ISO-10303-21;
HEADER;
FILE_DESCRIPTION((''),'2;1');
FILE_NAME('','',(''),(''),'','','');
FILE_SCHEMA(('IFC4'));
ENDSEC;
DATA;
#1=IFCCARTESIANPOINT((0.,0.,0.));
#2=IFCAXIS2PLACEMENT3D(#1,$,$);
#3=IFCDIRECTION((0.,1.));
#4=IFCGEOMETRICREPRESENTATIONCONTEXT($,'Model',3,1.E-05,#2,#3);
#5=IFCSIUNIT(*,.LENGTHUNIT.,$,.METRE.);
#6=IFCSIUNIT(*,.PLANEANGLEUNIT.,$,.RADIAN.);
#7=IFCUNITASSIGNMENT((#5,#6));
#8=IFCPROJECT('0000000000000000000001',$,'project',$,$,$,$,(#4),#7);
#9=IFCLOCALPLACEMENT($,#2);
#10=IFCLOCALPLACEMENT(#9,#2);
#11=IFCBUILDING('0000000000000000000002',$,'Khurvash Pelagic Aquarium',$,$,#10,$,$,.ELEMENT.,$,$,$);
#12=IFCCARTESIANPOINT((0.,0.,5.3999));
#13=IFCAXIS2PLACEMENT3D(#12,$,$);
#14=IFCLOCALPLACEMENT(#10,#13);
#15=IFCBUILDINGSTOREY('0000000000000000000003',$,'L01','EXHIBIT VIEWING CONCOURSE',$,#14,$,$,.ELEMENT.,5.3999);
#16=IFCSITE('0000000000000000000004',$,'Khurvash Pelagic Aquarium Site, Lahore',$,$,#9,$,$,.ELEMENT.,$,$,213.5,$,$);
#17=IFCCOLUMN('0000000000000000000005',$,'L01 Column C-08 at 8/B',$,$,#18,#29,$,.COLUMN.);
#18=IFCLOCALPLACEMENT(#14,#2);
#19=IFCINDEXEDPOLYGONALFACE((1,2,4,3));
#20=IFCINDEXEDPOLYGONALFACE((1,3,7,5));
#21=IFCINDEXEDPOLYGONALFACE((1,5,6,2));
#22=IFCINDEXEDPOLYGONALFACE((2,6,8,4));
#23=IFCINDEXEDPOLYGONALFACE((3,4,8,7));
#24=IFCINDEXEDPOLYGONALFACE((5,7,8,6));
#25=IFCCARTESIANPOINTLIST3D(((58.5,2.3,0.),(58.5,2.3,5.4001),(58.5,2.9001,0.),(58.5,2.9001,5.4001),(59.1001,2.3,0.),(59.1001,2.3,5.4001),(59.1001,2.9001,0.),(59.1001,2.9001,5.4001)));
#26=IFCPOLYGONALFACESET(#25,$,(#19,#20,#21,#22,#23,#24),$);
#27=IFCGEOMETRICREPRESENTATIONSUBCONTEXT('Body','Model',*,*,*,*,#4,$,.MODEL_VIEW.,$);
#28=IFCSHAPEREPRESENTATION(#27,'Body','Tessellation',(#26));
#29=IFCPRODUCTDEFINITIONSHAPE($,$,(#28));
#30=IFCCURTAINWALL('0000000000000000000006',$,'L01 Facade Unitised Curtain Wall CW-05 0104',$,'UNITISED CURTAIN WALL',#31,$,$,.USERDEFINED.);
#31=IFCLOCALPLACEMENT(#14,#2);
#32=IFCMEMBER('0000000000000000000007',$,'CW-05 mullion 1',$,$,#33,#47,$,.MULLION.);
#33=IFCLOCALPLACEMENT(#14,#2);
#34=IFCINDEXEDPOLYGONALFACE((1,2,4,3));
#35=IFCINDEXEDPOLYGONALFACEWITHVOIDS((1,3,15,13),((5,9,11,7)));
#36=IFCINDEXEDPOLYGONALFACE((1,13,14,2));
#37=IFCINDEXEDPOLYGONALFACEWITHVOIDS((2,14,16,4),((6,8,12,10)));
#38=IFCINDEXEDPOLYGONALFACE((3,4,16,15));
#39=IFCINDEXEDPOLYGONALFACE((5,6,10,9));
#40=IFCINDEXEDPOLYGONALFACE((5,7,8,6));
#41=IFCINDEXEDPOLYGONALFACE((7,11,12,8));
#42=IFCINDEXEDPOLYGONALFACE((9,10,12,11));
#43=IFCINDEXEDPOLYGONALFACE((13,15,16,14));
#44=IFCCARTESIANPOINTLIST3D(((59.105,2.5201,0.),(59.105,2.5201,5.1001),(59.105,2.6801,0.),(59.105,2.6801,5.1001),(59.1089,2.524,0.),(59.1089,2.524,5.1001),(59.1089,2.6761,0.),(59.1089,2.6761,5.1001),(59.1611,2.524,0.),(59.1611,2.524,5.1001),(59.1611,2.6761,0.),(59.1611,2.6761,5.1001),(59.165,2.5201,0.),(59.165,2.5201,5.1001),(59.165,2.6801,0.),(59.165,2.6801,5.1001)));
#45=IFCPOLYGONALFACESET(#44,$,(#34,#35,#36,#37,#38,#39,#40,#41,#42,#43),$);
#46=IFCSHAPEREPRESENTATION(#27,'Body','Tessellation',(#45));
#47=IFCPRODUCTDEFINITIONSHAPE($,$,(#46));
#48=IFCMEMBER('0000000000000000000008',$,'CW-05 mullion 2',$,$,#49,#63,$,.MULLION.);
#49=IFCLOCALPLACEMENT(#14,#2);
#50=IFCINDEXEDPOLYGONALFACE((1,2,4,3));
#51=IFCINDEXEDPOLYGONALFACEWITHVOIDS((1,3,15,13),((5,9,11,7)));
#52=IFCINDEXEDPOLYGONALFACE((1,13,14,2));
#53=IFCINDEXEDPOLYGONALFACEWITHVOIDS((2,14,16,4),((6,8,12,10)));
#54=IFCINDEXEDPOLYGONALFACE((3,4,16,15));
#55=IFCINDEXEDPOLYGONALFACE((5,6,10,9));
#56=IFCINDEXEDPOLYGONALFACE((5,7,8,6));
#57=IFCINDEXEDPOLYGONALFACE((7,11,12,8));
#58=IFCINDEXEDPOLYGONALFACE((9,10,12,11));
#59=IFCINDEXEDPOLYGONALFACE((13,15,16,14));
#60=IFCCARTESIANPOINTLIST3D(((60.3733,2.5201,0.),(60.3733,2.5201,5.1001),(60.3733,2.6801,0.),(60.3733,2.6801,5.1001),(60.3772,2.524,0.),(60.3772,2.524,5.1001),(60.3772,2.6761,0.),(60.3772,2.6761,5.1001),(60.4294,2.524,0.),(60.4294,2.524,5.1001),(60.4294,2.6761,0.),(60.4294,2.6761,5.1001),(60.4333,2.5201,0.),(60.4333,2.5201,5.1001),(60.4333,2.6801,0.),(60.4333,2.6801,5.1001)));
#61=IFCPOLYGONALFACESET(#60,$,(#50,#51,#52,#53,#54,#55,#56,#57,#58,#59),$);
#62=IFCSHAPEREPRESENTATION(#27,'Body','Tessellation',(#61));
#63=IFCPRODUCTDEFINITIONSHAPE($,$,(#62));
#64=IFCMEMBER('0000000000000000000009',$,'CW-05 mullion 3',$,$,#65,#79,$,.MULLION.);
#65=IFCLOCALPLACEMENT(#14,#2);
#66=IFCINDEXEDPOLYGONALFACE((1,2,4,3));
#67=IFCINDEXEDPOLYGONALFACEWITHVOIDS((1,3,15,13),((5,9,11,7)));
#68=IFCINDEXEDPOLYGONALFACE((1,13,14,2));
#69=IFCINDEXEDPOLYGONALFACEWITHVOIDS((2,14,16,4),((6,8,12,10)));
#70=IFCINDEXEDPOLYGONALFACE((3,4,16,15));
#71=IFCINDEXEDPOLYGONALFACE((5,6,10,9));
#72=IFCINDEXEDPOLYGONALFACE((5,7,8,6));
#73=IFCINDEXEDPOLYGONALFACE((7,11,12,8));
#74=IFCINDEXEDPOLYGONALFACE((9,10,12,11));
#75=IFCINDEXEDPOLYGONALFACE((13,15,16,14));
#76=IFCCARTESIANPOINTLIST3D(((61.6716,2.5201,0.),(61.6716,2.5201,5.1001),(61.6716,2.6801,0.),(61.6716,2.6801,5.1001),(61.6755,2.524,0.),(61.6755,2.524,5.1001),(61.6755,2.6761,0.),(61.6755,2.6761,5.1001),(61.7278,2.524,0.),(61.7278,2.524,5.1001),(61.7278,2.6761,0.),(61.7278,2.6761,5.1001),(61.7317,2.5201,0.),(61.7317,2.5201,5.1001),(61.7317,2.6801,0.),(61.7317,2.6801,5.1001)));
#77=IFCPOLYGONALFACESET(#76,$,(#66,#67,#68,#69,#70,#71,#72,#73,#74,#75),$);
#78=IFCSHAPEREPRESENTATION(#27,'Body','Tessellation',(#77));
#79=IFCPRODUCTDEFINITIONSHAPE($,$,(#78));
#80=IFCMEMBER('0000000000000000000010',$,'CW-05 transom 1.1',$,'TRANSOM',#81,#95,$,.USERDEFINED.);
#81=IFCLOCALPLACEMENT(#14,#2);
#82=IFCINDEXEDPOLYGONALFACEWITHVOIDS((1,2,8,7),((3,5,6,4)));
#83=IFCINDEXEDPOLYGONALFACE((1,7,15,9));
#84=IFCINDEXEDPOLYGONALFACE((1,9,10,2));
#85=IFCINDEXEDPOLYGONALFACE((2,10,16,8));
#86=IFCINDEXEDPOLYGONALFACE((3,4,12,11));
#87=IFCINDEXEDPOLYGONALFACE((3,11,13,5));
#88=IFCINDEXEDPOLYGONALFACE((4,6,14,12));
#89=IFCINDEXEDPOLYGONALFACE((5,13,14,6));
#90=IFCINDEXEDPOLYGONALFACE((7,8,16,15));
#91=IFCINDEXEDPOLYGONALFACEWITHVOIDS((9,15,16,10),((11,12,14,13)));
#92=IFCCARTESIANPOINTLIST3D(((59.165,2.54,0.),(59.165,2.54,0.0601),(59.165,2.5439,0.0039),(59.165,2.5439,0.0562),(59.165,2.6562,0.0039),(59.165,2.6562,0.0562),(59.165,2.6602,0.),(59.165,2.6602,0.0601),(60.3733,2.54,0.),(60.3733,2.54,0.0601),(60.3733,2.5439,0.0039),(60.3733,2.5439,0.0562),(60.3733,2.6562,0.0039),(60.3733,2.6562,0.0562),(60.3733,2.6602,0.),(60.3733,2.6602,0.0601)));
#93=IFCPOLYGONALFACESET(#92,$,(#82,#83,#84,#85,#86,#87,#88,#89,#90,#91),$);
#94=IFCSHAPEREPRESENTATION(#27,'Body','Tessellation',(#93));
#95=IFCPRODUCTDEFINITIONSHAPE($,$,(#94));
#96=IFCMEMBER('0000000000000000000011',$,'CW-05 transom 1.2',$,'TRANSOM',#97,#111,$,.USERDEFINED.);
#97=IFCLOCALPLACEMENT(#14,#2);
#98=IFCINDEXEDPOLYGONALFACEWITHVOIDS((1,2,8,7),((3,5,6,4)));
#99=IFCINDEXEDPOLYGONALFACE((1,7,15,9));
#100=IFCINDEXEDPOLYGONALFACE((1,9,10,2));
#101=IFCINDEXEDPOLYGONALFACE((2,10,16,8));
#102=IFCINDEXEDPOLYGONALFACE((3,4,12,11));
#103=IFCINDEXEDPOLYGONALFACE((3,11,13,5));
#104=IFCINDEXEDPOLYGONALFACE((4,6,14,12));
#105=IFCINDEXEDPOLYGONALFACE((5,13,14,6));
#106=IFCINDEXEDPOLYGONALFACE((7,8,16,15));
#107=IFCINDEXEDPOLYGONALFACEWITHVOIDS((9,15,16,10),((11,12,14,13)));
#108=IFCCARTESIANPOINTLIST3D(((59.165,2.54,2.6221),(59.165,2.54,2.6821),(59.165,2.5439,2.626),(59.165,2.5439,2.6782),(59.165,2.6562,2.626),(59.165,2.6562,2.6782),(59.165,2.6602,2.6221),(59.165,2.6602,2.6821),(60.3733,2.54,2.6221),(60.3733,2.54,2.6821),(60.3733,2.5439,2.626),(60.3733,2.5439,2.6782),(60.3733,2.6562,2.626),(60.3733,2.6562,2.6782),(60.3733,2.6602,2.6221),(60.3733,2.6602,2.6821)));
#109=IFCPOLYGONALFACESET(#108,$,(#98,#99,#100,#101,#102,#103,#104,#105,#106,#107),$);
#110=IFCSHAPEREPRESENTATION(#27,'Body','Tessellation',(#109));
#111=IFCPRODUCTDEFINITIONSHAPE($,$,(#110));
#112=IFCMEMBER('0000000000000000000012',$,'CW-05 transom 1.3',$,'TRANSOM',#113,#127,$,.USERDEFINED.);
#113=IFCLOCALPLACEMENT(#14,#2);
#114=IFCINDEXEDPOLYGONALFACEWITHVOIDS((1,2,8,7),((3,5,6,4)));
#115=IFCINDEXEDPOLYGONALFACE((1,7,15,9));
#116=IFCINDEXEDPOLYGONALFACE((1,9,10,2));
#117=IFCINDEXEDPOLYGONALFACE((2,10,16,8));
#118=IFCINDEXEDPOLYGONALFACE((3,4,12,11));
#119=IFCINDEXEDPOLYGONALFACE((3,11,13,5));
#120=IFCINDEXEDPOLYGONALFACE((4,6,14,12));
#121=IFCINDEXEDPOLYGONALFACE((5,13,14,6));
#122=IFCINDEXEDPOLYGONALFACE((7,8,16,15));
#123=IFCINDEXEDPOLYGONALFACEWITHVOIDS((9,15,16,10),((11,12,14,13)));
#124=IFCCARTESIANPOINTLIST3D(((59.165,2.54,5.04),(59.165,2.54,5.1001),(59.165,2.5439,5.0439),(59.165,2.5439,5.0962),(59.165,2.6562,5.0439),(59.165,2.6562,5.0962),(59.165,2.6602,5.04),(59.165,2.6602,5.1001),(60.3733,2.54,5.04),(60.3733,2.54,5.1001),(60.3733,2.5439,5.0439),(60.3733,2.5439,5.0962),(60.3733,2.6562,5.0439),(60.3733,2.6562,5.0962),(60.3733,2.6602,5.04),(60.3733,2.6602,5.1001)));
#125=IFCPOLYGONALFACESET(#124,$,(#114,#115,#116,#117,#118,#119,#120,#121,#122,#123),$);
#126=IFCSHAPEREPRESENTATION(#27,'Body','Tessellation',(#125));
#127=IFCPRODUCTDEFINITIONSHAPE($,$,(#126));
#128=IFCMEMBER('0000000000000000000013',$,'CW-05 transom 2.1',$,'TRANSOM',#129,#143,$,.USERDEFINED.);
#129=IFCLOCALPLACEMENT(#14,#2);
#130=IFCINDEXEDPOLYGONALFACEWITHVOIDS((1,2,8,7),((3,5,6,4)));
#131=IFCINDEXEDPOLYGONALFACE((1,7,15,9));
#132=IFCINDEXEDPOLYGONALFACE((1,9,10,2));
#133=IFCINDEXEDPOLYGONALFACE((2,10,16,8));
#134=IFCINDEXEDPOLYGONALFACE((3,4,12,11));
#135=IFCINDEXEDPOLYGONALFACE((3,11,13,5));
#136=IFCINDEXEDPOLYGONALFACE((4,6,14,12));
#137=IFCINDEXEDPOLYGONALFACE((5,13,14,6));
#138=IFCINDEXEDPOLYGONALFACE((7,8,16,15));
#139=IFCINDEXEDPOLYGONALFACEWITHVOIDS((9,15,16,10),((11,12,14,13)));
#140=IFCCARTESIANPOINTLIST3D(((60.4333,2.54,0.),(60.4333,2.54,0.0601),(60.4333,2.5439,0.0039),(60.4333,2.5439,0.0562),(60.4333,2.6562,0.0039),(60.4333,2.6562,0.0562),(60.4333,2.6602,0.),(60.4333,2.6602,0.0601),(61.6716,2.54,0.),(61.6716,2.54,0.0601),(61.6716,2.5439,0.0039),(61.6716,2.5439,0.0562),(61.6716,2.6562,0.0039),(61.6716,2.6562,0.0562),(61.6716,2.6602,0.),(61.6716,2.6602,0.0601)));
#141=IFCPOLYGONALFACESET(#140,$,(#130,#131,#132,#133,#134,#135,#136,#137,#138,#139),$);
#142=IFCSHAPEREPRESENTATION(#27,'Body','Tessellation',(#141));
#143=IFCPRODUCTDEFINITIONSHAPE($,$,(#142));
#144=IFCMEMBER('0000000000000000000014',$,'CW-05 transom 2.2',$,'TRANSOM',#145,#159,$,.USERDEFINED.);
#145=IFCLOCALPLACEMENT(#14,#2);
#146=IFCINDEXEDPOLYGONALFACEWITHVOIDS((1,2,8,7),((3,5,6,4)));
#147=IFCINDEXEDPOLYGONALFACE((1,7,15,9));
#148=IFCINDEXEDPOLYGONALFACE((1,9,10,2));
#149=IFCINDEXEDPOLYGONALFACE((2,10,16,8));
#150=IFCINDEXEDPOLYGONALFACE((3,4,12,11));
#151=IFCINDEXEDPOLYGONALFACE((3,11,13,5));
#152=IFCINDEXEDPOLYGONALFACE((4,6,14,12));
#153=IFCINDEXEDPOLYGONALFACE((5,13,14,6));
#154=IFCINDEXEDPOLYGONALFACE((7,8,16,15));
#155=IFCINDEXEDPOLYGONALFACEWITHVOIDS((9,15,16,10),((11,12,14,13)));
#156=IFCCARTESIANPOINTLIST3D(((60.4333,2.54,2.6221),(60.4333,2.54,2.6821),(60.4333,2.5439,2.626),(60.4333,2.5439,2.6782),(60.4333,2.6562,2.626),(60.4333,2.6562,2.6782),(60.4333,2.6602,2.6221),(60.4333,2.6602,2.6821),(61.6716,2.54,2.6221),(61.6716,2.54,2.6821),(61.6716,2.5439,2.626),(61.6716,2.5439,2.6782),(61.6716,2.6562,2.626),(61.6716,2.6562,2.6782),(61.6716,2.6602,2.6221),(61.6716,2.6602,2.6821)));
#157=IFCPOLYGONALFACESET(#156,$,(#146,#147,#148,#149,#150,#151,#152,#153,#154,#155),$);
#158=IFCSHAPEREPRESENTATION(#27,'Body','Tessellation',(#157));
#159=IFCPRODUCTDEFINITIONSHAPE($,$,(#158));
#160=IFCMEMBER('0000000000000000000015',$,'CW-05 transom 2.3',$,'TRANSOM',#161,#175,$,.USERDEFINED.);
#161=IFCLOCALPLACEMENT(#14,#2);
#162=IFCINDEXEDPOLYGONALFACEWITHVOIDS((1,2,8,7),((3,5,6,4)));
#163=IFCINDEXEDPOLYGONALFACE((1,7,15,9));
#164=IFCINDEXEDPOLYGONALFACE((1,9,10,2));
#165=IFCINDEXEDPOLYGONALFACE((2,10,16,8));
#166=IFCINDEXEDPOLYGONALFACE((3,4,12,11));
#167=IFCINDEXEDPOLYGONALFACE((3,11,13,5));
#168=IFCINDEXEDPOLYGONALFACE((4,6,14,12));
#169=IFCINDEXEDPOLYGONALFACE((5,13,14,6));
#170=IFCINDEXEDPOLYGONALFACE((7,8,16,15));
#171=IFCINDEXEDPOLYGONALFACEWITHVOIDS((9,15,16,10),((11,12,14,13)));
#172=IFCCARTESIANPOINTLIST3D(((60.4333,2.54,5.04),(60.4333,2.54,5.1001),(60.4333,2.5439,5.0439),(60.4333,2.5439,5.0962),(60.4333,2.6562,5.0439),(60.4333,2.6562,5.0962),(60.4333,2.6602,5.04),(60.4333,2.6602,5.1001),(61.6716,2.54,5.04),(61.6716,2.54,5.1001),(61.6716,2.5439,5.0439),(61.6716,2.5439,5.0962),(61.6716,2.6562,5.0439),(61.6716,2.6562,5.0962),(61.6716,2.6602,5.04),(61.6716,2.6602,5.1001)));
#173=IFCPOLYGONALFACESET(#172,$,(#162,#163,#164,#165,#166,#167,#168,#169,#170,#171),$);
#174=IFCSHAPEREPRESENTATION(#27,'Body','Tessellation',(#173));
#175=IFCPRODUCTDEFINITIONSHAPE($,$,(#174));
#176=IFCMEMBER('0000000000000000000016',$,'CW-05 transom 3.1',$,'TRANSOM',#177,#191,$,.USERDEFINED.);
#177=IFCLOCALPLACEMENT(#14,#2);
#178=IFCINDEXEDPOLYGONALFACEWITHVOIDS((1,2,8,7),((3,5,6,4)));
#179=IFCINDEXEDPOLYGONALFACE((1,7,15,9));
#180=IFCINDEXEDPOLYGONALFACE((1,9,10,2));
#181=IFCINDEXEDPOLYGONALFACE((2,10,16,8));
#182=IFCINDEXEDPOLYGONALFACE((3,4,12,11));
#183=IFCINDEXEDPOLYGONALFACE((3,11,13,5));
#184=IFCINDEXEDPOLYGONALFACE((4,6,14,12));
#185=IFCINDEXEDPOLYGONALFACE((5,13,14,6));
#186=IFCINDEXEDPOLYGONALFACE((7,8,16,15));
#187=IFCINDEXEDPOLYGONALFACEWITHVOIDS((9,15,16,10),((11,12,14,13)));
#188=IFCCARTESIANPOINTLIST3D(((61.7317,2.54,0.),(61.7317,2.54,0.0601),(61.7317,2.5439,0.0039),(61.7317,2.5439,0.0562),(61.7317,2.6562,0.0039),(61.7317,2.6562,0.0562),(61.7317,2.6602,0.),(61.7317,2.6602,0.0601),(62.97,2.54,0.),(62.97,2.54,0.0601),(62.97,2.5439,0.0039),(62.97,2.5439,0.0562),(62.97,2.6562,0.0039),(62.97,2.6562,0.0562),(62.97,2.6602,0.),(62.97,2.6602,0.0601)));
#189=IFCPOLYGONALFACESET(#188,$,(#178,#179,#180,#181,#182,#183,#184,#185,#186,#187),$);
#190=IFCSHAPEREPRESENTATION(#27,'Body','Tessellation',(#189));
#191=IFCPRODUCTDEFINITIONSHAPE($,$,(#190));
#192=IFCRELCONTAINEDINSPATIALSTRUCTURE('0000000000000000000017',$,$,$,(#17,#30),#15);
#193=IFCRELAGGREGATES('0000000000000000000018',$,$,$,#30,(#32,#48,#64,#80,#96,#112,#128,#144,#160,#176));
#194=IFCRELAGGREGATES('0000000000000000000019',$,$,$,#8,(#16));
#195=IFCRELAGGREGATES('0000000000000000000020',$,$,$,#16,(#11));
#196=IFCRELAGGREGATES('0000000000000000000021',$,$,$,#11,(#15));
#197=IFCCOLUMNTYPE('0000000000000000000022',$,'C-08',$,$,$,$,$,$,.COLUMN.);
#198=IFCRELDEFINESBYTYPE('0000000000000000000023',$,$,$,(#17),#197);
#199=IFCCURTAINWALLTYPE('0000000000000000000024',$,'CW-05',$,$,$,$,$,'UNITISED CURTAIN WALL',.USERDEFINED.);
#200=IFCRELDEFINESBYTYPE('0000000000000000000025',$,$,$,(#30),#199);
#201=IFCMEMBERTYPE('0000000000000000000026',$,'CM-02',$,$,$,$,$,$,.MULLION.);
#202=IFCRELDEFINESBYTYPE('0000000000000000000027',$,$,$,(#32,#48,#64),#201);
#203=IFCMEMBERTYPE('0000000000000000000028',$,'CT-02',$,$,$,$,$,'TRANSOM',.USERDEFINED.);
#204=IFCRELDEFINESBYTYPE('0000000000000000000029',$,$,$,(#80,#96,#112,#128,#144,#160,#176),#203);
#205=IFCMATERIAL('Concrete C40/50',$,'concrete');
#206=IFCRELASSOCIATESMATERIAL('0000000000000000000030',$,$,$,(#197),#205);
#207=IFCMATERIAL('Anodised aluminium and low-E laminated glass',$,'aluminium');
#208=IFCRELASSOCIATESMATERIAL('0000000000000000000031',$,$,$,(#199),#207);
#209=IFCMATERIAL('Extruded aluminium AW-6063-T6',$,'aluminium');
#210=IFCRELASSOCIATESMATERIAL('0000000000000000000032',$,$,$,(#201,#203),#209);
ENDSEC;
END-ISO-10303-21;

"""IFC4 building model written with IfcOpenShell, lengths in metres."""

from ifc_helpers import new_model, si_unit, direction, frame, origin, origin_2d, place, context, subcontext, project, spatial, rectangle, hollow_rectangle, extrude, material, material_profile, profile_set, type_object, element, aggregate, save


model = new_model("IFC4")

# Units and contexts
model_context = context("Model", 3, precision=1e-05, world=origin(), true_north=direction((0.0, 1.0)))
body_context = subcontext(model_context, "Body", "Model", "MODEL_VIEW")
ifc_project = project(units=[si_unit("LENGTHUNIT", "METRE"), si_unit("PLANEANGLEUNIT", "RADIAN")], contexts=[model_context])

# Site, building, storey
site_placement = place(None, origin())
site = spatial("IfcSite", under=ifc_project, at=site_placement, Name="Khurvash Pelagic Aquarium Site, Lahore", CompositionType="ELEMENT", RefElevation=213.5)
building_placement = place(site_placement, origin())
building = spatial("IfcBuilding", under=site, at=building_placement, Name="Khurvash Pelagic Aquarium", CompositionType="ELEMENT")
storey_placement = place(building_placement, frame((0.0, 0.0, 5.3999)))
storey = spatial("IfcBuildingStorey", under=building, at=storey_placement, Name="L01", Description="EXHIBIT VIEWING CONCOURSE", CompositionType="ELEMENT", Elevation=5.3999)

# Column
ifc_material_1 = material(Name="Concrete C40/50", Category="concrete")
ifc_material_profile_1 = material_profile(ifc_material_1, rectangle(XDim=0.6001, YDim=0.6001, at=origin_2d()), Name="RC600X600")
ifc_profile_set_1 = profile_set([ifc_material_profile_1], Name="Concrete C40/50")
column_type = type_object("IfcColumnType", Name="C-08", PredefinedType="COLUMN", material=ifc_profile_set_1)
column_placement = place(storey_placement, frame((58.8, 2.6001, 0.0), z_axis=(0.0, 0.0, 1.0), x_axis=(1.0, 0.0, 0.0)))
element("IfcColumn", 1, at=column_placement, inside=storey, type_object=column_type, Name="L01 Column C-08 at 8/B", PredefinedType="COLUMN", context=body_context, shape_type="SweptSolid", body=[
    extrude(rectangle(XDim=0.6001, YDim=0.6001, at=origin_2d()), origin(), (0.0, 0.0, 1.0), 5.4001),
])

# Curtain wall, members
ifc_material_2 = material(Name="Anodised aluminium and low-E laminated glass", Category="aluminium")
curtain_wall_type = type_object("IfcCurtainWallType", Name="CW-05", ElementType="UNITISED CURTAIN WALL", PredefinedType="USERDEFINED", material=ifc_material_2)
curtain_wall_placement = place(storey_placement, origin())
curtain_wall = element("IfcCurtainWall", 2, at=curtain_wall_placement, inside=storey, type_object=curtain_wall_type, Name="L01 Facade Unitised Curtain Wall CW-05 0104", ObjectType="UNITISED CURTAIN WALL", PredefinedType="USERDEFINED")
ifc_material_3 = material(Name="Extruded aluminium AW-6063-T6", Category="aluminium")
ifc_material_profile_2 = material_profile(ifc_material_3, hollow_rectangle(XDim=0.0601, YDim=0.1599, WallThickness=0.0039, at=origin_2d()), Name="CWM60X160X4")
ifc_profile_set_2 = profile_set([ifc_material_profile_2], Name="Extruded aluminium AW-6063-T6")
member_type_1 = type_object("IfcMemberType", Name="CM-02", PredefinedType="MULLION", material=ifc_profile_set_2)
member_1_placement = place(storey_placement, frame((59.135, 2.6001, 0.0), z_axis=(0.0, 0.0, 1.0), x_axis=(1.0, 0.0, 0.0)))
member_1 = element("IfcMember", 3, at=member_1_placement, type_object=member_type_1, Name="CW-05 mullion 1", PredefinedType="MULLION", context=body_context, shape_type="SweptSolid", body=[
    extrude(hollow_rectangle(XDim=0.0601, YDim=0.1599, WallThickness=0.0039, at=origin_2d()), origin(), (0.0, 0.0, 1.0), 5.1001),
])
member_2_placement = place(storey_placement, frame((60.4033, 2.6001, 0.0), z_axis=(0.0, 0.0, 1.0), x_axis=(1.0, 0.0, 0.0)))
member_2 = element("IfcMember", 4, at=member_2_placement, type_object=member_type_1, Name="CW-05 mullion 2", PredefinedType="MULLION", context=body_context, shape_type="SweptSolid", body=[
    extrude(hollow_rectangle(XDim=0.0601, YDim=0.1599, WallThickness=0.0039, at=origin_2d()), origin(), (0.0, 0.0, 1.0), 5.1001),
])
member_3_placement = place(storey_placement, frame((61.7017, 2.6001, 0.0), z_axis=(0.0, 0.0, 1.0), x_axis=(1.0, 0.0, 0.0)))
member_3 = element("IfcMember", 5, at=member_3_placement, type_object=member_type_1, Name="CW-05 mullion 3", PredefinedType="MULLION", context=body_context, shape_type="SweptSolid", body=[
    extrude(hollow_rectangle(XDim=0.0601, YDim=0.1599, WallThickness=0.0039, at=origin_2d()), origin(), (0.0, 0.0, 1.0), 5.1001),
])
ifc_material_profile_3 = material_profile(ifc_material_3, hollow_rectangle(XDim=0.1201, YDim=0.0601, WallThickness=0.0039, at=origin_2d()), Name="CWT120X60X4")
ifc_profile_set_3 = profile_set([ifc_material_profile_3], Name="Extruded aluminium AW-6063-T6")
member_type_2 = type_object("IfcMemberType", Name="CT-02", ElementType="TRANSOM", PredefinedType="USERDEFINED", material=ifc_profile_set_3)
member_4_placement = place(storey_placement, frame((59.165, 2.6001, 0.03), z_axis=(1.0, 0.0, 0.0), x_axis=(0.0, 1.0, 0.0)))
member_4 = element("IfcMember", 6, at=member_4_placement, type_object=member_type_2, Name="CW-05 transom 1.1", ObjectType="TRANSOM", PredefinedType="USERDEFINED", context=body_context, shape_type="SweptSolid", body=[
    extrude(hollow_rectangle(XDim=0.1201, YDim=0.0601, WallThickness=0.0039, at=origin_2d()), origin(), (0.0, 0.0, 1.0), 1.2083),
])
member_5_placement = place(storey_placement, frame((59.165, 2.6001, 2.6521), z_axis=(1.0, 0.0, 0.0), x_axis=(0.0, 1.0, 0.0)))
member_5 = element("IfcMember", 7, at=member_5_placement, type_object=member_type_2, Name="CW-05 transom 1.2", ObjectType="TRANSOM", PredefinedType="USERDEFINED", context=body_context, shape_type="SweptSolid", body=[
    extrude(hollow_rectangle(XDim=0.1201, YDim=0.0601, WallThickness=0.0039, at=origin_2d()), origin(), (0.0, 0.0, 1.0), 1.2083),
])
member_6_placement = place(storey_placement, frame((59.165, 2.6001, 5.0701), z_axis=(1.0, 0.0, 0.0), x_axis=(0.0, 1.0, 0.0)))
member_6 = element("IfcMember", 8, at=member_6_placement, type_object=member_type_2, Name="CW-05 transom 1.3", ObjectType="TRANSOM", PredefinedType="USERDEFINED", context=body_context, shape_type="SweptSolid", body=[
    extrude(hollow_rectangle(XDim=0.1201, YDim=0.0601, WallThickness=0.0039, at=origin_2d()), origin(), (0.0, 0.0, 1.0), 1.2083),
])
member_7_placement = place(storey_placement, frame((60.4333, 2.6001, 0.03), z_axis=(1.0, 0.0, 0.0), x_axis=(0.0, 1.0, 0.0)))
member_7 = element("IfcMember", 9, at=member_7_placement, type_object=member_type_2, Name="CW-05 transom 2.1", ObjectType="TRANSOM", PredefinedType="USERDEFINED", context=body_context, shape_type="SweptSolid", body=[
    extrude(hollow_rectangle(XDim=0.1201, YDim=0.0601, WallThickness=0.0039, at=origin_2d()), origin(), (0.0, 0.0, 1.0), 1.2383),
])
member_8_placement = place(storey_placement, frame((60.4333, 2.6001, 2.6521), z_axis=(1.0, 0.0, 0.0), x_axis=(0.0, 1.0, 0.0)))
member_8 = element("IfcMember", 10, at=member_8_placement, type_object=member_type_2, Name="CW-05 transom 2.2", ObjectType="TRANSOM", PredefinedType="USERDEFINED", context=body_context, shape_type="SweptSolid", body=[
    extrude(hollow_rectangle(XDim=0.1201, YDim=0.0601, WallThickness=0.0039, at=origin_2d()), origin(), (0.0, 0.0, 1.0), 1.2383),
])
member_9_placement = place(storey_placement, frame((60.4333, 2.6001, 5.0701), z_axis=(1.0, 0.0, 0.0), x_axis=(0.0, 1.0, 0.0)))
member_9 = element("IfcMember", 11, at=member_9_placement, type_object=member_type_2, Name="CW-05 transom 2.3", ObjectType="TRANSOM", PredefinedType="USERDEFINED", context=body_context, shape_type="SweptSolid", body=[
    extrude(hollow_rectangle(XDim=0.1201, YDim=0.0601, WallThickness=0.0039, at=origin_2d()), origin(), (0.0, 0.0, 1.0), 1.2383),
])
member_10_placement = place(storey_placement, frame((61.7317, 2.6001, 0.03), z_axis=(1.0, 0.0, 0.0), x_axis=(0.0, 1.0, 0.0)))
member_10 = element("IfcMember", 12, at=member_10_placement, type_object=member_type_2, Name="CW-05 transom 3.1", ObjectType="TRANSOM", PredefinedType="USERDEFINED", context=body_context, shape_type="SweptSolid", body=[
    extrude(hollow_rectangle(XDim=0.1201, YDim=0.0601, WallThickness=0.0039, at=origin_2d()), origin(), (0.0, 0.0, 1.0), 1.2383),
])

aggregate(curtain_wall, [member_1, member_2, member_3, member_4, member_5, member_6, member_7, member_8, member_9, member_10])

save(model, "model.ifc")
